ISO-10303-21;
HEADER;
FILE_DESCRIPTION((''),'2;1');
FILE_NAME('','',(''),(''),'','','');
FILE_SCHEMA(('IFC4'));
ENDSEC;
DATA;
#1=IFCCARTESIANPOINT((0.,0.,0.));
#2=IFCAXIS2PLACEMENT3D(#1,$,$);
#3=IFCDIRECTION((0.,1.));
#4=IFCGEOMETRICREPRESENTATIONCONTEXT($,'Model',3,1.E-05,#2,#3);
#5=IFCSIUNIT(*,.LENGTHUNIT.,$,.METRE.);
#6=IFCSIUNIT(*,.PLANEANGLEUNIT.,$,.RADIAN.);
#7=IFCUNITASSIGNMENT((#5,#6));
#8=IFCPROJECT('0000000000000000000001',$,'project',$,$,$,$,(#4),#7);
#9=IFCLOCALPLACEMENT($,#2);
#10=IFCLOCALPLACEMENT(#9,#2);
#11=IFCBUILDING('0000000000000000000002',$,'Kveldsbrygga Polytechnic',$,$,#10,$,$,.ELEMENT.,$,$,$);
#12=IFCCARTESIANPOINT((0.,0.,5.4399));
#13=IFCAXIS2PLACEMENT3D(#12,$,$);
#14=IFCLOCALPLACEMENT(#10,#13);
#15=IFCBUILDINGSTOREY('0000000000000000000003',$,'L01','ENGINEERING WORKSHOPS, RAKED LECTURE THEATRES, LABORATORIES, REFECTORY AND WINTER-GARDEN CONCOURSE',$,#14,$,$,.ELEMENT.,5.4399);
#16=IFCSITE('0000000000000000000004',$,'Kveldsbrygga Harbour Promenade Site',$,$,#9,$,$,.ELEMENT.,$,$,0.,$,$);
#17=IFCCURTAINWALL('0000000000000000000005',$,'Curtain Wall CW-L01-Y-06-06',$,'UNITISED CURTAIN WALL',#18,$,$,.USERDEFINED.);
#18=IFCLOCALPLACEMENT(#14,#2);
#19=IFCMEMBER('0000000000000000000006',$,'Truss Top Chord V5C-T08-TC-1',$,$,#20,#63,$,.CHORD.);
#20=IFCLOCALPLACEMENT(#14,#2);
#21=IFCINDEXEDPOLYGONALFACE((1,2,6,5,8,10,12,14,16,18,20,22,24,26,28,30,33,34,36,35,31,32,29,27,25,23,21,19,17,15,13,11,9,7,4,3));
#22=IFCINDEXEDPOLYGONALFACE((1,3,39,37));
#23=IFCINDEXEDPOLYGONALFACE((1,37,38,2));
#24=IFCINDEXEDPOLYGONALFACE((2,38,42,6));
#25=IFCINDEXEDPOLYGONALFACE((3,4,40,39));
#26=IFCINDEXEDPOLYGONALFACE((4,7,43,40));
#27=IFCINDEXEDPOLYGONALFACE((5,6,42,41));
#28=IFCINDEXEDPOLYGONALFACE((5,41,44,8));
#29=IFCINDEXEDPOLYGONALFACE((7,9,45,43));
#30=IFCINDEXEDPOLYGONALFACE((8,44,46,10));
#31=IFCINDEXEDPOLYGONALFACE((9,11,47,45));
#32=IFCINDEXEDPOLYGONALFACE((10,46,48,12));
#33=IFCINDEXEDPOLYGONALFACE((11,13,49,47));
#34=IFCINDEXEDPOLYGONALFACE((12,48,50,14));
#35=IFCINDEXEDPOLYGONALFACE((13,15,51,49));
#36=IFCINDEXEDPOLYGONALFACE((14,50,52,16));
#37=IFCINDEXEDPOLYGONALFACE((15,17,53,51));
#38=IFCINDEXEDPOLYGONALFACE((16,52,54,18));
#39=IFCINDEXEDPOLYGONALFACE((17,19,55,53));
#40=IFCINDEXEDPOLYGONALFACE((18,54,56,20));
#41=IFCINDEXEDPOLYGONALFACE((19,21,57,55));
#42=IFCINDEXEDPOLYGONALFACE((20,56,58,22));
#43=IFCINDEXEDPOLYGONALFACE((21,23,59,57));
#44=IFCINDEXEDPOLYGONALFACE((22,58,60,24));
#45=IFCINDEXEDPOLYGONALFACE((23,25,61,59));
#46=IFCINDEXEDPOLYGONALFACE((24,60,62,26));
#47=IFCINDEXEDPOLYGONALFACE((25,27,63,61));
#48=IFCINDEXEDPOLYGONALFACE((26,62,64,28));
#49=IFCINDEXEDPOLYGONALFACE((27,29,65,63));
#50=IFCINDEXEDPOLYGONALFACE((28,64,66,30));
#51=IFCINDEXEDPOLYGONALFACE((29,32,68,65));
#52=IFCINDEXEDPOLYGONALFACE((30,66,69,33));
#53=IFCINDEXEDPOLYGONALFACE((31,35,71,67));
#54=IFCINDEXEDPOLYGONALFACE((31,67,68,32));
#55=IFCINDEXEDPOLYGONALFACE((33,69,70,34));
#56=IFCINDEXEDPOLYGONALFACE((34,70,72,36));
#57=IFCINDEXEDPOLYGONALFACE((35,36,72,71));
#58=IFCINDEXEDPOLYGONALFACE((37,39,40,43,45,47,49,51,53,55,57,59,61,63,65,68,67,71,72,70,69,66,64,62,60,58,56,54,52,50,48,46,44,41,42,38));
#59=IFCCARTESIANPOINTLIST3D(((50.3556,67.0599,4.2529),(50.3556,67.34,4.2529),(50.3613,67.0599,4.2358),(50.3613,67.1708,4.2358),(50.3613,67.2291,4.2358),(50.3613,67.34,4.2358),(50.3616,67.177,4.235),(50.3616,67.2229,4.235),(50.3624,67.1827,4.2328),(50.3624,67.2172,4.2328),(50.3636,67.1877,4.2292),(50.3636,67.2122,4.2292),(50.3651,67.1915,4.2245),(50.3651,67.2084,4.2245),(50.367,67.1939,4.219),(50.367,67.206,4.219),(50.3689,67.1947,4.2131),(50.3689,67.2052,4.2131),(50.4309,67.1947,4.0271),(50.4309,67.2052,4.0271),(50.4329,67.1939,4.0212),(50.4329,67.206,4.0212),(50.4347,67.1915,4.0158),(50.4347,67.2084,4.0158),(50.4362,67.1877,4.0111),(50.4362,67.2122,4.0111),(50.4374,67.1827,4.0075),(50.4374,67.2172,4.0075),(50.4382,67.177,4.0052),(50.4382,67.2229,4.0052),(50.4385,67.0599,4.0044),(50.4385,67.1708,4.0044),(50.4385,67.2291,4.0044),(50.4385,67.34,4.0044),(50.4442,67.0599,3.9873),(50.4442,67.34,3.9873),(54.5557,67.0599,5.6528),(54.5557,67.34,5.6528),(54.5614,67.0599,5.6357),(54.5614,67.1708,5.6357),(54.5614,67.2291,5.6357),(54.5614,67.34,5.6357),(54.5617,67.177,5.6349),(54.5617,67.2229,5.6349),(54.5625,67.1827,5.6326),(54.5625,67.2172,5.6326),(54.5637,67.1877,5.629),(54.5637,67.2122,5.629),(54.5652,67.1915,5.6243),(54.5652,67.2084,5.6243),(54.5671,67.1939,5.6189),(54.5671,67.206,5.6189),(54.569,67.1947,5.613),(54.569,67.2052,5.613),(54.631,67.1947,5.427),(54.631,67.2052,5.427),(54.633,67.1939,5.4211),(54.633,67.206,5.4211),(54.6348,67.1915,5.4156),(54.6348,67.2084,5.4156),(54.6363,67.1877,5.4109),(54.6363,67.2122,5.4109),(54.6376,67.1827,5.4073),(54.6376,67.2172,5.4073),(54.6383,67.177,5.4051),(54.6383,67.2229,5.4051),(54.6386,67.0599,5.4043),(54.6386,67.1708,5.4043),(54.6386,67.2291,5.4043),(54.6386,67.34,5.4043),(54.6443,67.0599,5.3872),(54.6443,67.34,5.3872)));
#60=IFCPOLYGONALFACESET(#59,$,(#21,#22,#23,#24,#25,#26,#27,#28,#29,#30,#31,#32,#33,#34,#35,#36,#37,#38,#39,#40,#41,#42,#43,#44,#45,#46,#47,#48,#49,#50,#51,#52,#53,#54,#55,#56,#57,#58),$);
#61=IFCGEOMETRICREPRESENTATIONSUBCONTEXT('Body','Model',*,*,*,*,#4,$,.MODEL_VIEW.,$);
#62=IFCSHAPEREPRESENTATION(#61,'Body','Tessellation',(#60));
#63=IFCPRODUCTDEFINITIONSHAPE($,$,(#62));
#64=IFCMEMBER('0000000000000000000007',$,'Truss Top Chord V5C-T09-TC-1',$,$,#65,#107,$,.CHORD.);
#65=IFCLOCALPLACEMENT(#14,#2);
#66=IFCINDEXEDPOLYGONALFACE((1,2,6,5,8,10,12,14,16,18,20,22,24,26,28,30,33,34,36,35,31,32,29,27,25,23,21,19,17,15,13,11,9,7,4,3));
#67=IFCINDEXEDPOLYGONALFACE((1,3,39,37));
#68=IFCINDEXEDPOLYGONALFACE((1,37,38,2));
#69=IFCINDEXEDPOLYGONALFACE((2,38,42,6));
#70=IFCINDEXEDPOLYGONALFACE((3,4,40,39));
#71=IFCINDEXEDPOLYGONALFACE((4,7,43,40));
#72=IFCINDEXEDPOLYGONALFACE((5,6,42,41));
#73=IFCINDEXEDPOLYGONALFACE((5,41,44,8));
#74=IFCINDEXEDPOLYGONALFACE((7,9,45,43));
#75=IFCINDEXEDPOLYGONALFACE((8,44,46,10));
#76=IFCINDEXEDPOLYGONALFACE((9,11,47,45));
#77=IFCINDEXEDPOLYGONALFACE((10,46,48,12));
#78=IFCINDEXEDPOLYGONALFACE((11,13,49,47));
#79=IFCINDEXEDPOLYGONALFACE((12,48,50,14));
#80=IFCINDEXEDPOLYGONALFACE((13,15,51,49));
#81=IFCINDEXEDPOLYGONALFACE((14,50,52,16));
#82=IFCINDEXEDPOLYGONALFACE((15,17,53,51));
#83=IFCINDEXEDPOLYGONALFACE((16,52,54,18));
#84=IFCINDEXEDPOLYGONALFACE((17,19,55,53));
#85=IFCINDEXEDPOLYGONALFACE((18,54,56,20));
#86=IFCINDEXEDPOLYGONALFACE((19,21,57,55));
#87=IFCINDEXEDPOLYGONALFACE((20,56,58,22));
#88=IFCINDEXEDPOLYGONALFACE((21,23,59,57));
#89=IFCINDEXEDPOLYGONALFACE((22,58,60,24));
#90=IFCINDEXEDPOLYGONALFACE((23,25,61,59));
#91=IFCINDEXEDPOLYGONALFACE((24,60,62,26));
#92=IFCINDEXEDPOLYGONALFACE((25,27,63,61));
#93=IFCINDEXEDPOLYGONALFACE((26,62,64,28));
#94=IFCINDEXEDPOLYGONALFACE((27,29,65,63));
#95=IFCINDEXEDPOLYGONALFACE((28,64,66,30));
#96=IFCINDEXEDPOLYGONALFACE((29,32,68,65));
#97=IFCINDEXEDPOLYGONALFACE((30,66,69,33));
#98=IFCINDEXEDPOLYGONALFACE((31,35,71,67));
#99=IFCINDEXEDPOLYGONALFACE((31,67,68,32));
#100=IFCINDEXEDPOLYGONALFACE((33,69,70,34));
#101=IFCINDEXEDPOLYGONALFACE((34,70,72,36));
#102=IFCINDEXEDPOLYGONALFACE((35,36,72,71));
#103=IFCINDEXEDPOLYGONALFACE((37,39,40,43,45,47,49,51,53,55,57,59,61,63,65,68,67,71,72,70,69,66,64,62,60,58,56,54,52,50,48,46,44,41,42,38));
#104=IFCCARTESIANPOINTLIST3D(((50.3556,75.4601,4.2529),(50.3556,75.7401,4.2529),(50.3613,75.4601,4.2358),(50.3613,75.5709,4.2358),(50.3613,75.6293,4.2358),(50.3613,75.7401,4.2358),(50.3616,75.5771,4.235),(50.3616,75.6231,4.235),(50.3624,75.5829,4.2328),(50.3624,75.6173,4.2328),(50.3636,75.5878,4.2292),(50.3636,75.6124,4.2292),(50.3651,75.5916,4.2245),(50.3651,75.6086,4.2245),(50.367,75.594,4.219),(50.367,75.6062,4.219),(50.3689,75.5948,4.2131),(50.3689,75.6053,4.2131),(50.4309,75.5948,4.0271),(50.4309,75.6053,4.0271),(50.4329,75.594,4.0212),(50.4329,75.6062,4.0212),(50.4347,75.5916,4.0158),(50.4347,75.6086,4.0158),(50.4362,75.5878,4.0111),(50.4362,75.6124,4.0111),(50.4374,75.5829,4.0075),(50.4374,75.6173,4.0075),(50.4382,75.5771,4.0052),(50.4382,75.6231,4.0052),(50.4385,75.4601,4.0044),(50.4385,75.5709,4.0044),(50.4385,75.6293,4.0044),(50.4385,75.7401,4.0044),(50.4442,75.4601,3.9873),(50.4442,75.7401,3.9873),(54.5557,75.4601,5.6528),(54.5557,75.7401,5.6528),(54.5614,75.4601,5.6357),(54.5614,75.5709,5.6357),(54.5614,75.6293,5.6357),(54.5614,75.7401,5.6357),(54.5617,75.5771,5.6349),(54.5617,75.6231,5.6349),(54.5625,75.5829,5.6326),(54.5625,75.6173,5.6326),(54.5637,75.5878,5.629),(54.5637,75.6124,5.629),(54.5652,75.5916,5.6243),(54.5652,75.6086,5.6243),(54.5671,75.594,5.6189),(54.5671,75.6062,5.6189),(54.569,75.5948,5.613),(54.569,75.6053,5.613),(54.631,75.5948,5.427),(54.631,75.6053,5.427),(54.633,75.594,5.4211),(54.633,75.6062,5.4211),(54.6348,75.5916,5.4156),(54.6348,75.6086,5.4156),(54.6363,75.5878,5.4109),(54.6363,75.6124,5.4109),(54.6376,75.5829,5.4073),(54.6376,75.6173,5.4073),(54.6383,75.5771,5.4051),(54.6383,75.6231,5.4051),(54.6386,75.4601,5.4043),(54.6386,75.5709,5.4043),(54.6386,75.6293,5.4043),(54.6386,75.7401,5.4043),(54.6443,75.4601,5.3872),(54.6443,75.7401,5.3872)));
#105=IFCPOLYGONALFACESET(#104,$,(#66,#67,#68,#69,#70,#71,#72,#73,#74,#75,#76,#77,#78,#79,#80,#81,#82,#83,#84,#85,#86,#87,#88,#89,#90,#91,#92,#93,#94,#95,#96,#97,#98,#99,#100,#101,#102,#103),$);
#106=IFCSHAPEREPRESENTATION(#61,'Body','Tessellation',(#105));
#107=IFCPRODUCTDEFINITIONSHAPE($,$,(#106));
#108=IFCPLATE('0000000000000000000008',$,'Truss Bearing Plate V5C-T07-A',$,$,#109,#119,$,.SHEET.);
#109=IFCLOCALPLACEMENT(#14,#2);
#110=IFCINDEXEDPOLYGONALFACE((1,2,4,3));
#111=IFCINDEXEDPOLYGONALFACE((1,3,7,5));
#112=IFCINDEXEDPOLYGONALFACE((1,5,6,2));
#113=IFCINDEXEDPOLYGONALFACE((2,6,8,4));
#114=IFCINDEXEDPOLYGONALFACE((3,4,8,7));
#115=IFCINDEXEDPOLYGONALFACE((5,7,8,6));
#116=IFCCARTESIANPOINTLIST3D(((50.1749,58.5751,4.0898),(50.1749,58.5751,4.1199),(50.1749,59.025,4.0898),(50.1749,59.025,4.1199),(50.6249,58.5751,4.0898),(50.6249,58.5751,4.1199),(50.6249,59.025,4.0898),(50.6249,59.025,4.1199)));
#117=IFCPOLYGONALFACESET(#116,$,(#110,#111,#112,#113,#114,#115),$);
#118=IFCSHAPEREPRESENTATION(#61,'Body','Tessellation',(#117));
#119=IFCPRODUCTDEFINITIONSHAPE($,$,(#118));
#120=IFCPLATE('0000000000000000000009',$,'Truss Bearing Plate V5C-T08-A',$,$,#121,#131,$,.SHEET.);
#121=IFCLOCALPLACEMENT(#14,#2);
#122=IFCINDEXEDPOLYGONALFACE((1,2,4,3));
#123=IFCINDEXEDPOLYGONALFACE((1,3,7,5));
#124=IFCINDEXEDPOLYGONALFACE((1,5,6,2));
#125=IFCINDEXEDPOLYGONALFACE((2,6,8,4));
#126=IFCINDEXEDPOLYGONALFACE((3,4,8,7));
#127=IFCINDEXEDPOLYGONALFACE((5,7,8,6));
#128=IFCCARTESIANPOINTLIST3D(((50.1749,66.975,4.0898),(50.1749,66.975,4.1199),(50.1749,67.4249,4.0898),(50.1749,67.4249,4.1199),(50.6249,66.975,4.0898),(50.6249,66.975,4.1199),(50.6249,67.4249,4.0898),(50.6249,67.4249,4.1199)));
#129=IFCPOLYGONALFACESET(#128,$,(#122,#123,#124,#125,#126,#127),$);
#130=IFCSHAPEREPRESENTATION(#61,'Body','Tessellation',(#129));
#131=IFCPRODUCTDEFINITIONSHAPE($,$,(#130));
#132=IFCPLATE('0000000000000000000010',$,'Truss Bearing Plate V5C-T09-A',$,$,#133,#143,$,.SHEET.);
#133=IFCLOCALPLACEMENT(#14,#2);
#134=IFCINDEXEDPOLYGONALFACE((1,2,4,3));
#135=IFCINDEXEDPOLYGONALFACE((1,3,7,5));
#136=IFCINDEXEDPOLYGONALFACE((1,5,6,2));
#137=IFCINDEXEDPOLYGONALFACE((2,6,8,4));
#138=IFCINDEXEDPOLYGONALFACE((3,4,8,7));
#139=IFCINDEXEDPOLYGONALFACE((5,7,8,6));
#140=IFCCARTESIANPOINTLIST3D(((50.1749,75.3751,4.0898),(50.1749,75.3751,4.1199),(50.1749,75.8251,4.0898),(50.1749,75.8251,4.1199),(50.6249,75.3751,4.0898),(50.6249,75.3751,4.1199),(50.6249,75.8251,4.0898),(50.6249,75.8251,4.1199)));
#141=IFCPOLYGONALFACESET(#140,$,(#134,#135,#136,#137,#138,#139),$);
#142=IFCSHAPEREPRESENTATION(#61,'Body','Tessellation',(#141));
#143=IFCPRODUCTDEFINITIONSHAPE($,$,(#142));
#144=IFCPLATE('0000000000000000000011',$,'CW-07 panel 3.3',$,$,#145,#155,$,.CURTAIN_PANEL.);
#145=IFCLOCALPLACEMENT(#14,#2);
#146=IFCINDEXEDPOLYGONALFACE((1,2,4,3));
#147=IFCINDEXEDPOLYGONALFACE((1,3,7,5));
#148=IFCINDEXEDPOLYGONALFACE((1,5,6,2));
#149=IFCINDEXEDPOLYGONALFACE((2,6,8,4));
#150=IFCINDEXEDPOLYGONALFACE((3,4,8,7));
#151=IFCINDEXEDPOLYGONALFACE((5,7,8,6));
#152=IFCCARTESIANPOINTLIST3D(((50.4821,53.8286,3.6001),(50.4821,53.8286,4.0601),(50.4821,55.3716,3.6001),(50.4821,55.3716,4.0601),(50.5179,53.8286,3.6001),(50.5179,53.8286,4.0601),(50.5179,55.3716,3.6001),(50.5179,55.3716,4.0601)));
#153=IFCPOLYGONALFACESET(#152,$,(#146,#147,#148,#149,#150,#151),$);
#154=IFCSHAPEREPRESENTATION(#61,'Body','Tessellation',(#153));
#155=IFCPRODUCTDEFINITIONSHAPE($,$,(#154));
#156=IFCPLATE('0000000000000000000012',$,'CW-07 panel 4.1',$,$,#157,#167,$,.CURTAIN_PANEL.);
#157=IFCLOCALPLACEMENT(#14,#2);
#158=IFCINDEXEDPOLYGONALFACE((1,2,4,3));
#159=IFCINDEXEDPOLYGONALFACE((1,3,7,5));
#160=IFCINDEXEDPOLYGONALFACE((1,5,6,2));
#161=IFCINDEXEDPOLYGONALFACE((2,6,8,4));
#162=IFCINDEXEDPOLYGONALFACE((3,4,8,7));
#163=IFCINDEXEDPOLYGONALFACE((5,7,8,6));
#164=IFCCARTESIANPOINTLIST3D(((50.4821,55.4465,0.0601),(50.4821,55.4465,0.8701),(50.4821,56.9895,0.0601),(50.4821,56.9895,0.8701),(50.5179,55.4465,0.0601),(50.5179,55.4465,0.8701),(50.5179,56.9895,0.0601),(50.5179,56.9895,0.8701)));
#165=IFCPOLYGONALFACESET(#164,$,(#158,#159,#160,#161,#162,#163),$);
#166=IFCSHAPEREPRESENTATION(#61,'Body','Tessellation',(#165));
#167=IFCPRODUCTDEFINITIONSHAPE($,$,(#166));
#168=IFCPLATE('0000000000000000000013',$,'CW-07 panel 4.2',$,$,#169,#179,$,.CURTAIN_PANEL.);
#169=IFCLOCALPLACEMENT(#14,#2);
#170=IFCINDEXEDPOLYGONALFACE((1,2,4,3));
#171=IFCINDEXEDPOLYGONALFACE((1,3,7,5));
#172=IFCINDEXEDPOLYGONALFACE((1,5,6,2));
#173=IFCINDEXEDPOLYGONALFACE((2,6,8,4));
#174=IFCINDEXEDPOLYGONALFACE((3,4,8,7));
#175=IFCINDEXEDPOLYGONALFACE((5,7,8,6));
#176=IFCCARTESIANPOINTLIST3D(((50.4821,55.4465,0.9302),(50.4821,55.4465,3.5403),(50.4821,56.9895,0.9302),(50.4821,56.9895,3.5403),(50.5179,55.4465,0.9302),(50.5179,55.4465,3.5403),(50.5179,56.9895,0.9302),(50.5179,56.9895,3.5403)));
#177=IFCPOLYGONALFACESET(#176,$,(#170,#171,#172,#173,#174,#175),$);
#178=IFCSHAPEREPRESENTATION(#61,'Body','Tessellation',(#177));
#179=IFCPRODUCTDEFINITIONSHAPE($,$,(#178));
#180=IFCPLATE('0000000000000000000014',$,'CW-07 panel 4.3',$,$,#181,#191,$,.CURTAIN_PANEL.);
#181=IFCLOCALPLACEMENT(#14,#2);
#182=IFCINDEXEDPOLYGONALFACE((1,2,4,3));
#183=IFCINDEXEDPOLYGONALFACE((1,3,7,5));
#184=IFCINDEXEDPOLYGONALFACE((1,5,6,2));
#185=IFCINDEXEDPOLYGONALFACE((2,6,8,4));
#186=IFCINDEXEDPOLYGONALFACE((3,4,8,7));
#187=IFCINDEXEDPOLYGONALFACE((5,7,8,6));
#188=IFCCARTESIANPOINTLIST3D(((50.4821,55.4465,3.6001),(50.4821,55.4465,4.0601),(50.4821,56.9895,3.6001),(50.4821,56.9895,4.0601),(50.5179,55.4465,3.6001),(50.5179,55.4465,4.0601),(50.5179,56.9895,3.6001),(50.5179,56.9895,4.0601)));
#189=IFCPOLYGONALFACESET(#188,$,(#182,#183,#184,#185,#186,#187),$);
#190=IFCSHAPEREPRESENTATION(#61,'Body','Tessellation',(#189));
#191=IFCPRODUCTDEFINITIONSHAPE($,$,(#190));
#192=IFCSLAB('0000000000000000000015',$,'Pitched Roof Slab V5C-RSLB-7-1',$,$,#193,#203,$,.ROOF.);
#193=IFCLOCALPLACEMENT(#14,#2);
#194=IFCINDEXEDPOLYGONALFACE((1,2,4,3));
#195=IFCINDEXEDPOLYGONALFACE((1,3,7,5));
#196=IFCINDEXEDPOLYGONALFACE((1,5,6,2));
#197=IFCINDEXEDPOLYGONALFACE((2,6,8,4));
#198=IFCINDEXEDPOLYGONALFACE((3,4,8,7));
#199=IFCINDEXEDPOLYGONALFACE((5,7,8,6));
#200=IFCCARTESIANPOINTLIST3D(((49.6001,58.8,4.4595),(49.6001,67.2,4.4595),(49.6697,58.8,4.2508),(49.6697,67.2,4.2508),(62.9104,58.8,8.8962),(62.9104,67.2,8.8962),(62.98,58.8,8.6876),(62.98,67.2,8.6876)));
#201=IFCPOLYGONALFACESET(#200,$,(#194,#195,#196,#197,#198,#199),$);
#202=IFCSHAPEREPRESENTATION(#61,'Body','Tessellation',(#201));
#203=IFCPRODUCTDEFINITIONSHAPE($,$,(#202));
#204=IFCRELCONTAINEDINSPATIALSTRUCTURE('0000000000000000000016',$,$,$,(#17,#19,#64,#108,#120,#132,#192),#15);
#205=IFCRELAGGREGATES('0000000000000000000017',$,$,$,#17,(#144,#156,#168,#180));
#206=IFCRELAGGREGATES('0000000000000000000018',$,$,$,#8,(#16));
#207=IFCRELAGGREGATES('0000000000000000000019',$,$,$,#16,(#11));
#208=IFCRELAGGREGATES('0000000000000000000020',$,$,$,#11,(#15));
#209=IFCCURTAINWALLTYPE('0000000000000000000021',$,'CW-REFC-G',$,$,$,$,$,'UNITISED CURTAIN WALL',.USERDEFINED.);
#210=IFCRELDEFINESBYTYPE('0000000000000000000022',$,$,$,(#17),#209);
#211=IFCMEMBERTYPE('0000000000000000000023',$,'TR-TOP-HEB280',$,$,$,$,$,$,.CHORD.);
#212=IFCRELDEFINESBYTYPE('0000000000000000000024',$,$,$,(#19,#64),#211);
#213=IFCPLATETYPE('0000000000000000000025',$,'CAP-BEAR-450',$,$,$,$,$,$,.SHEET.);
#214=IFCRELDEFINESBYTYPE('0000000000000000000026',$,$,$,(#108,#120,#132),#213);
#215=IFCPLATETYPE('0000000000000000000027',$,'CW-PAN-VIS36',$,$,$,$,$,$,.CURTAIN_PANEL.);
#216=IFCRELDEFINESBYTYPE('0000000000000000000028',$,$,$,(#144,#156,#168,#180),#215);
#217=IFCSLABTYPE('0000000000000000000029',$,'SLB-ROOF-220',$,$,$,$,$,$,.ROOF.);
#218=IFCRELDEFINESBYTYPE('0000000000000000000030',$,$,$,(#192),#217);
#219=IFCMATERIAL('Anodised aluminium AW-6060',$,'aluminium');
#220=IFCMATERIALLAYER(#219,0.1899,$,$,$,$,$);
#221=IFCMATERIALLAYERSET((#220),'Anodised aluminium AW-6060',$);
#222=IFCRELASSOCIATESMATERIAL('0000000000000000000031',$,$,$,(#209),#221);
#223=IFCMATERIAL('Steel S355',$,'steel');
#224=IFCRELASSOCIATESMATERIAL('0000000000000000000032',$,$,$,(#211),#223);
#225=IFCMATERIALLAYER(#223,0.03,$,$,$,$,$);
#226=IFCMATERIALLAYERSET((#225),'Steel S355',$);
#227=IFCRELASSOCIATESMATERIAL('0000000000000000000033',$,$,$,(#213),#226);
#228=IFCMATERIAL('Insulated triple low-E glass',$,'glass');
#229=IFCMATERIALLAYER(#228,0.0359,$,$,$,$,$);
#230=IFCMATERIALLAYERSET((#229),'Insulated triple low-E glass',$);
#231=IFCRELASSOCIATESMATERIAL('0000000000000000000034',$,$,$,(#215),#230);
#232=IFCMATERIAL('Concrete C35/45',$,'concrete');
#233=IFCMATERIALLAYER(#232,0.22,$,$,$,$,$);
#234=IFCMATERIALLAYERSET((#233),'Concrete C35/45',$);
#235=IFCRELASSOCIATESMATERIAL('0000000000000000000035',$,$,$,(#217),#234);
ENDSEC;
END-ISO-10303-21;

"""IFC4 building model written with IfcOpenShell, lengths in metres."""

from ifc_helpers import new_model, si_unit, direction, frame, origin, origin_2d, place, context, subcontext, project, spatial, polyline, rectangle, i_section, outline, extrude, material, layer, layer_set, material_profile, profile_set, type_object, element, aggregate, save


model = new_model("IFC4")

# Units and contexts
model_context = context("Model", 3, precision=1e-05, world=origin(), true_north=direction((0.0, 1.0)))
body_context = subcontext(model_context, "Body", "Model", "MODEL_VIEW")
ifc_project = project(units=[si_unit("LENGTHUNIT", "METRE"), si_unit("PLANEANGLEUNIT", "RADIAN")], contexts=[model_context])

# Site, building, storey
site_placement = place(None, origin())
site = spatial("IfcSite", under=ifc_project, at=site_placement, Name="Kveldsbrygga Harbour Promenade Site", CompositionType="ELEMENT", RefElevation=0.0)
building_placement = place(site_placement, origin())
building = spatial("IfcBuilding", under=site, at=building_placement, Name="Kveldsbrygga Polytechnic", CompositionType="ELEMENT")
storey_placement = place(building_placement, frame((0.0, 0.0, 5.4399)))
storey = spatial("IfcBuildingStorey", under=building, at=storey_placement, Name="L01", Description="ENGINEERING WORKSHOPS, RAKED LECTURE THEATRES, LABORATORIES, REFECTORY AND WINTER-GARDEN CONCOURSE", CompositionType="ELEMENT", Elevation=5.4399)

# Shared definitions
ifc_material_1 = material(Name="Steel S355", Category="steel")

# Curtain wall
ifc_material_2 = material(Name="Anodised aluminium AW-6060", Category="aluminium")
ifc_layer_1 = layer(ifc_material_2, 0.1899)
ifc_layer_set_1 = layer_set([ifc_layer_1], Name="Anodised aluminium AW-6060")
curtain_wall_type = type_object("IfcCurtainWallType", Name="CW-REFC-G", ElementType="UNITISED CURTAIN WALL", PredefinedType="USERDEFINED", material=ifc_layer_set_1)
curtain_wall_placement = place(storey_placement, origin())
curtain_wall = element("IfcCurtainWall", 1, at=curtain_wall_placement, inside=storey, type_object=curtain_wall_type, Name="Curtain Wall CW-L01-Y-06-06", ObjectType="UNITISED CURTAIN WALL", PredefinedType="USERDEFINED")

# Members
ifc_material_profile_1 = material_profile(ifc_material_1, i_section(OverallWidth=0.28, OverallDepth=0.28, WebThickness=0.0105, FlangeThickness=0.0181, FilletRadius=0.0239, at=origin_2d()), Name="HEB 280")
ifc_profile_set_1 = profile_set([ifc_material_profile_1], Name="Steel S355")
member_type_1 = type_object("IfcMemberType", Name="TR-TOP-HEB280", PredefinedType="CHORD", material=ifc_profile_set_1)
for number, where, z_axis, x_axis, name in (
    (2, (50.3999, 67.2, 4.1201), (0.948694, 0.0, 0.316195), (0.0, 1.0, 0.0), "Truss Top Chord V5C-T08-TC-1"),
    (3, (50.3999, 75.6001, 4.1201), (0.948694, 0.0, 0.316195), (0.0, 1.0, 0.0), "Truss Top Chord V5C-T09-TC-1"),
):
    element("IfcMember", number, at=place(storey_placement, frame(where, z_axis=z_axis, x_axis=x_axis)), inside=storey, type_object=member_type_1, Name=name, PredefinedType="CHORD", context=body_context, shape_type="SweptSolid", body=[
        extrude(i_section(OverallWidth=0.28, OverallDepth=0.28, WebThickness=0.0105, FlangeThickness=0.0181, FilletRadius=0.0239, at=origin_2d()), origin(), (0.0, 0.0, 1.0), 4.4272),
    ])

# Plates
ifc_layer_2 = layer(ifc_material_1, 0.03)
ifc_layer_set_2 = layer_set([ifc_layer_2], Name="Steel S355")
plate_type_1 = type_object("IfcPlateType", Name="CAP-BEAR-450", PredefinedType="SHEET", material=ifc_layer_set_2)
for number, where, z_axis, x_axis, name in (
    (4, (50.3999, 58.8, 4.0898), (0.0, 0.0, 1.0), (1.0, 0.0, 0.0), "Truss Bearing Plate V5C-T07-A"),
    (5, (50.3999, 67.2, 4.0898), (0.0, 0.0, 1.0), (1.0, 0.0, 0.0), "Truss Bearing Plate V5C-T08-A"),
    (6, (50.3999, 75.6001, 4.0898), (0.0, 0.0, 1.0), (1.0, 0.0, 0.0), "Truss Bearing Plate V5C-T09-A"),
):
    element("IfcPlate", number, at=place(storey_placement, frame(where, z_axis=z_axis, x_axis=x_axis)), inside=storey, type_object=plate_type_1, Name=name, PredefinedType="SHEET", context=body_context, shape_type="SweptSolid", body=[
        extrude(rectangle(XDim=0.45, YDim=0.45, at=origin_2d()), origin(), (0.0, 0.0, 1.0), 0.03),
    ])

# Plates
ifc_material_3 = material(Name="Insulated triple low-E glass", Category="glass")
ifc_layer_3 = layer(ifc_material_3, 0.0359)
ifc_layer_set_3 = layer_set([ifc_layer_3], Name="Insulated triple low-E glass")
plate_type_2 = type_object("IfcPlateType", Name="CW-PAN-VIS36", PredefinedType="CURTAIN_PANEL", material=ifc_layer_set_3)
plate_1_placement = place(storey_placement, frame((50.5, 54.6001, 3.6001), z_axis=(0.0, 0.0, 1.0), x_axis=(0.0, 1.0, 0.0)))
plate_1 = element("IfcPlate", 7, at=plate_1_placement, type_object=plate_type_2, Name="CW-07 panel 3.3", PredefinedType="CURTAIN_PANEL", context=body_context, shape_type="SweptSolid", body=[
    extrude(rectangle(XDim=1.543, YDim=0.0359, at=origin_2d()), origin(), (0.0, 0.0, 1.0), 0.46),
])
plate_2_placement = place(storey_placement, frame((50.5, 56.218, 0.0601), z_axis=(0.0, 0.0, 1.0), x_axis=(0.0, 1.0, 0.0)))
plate_2 = element("IfcPlate", 8, at=plate_2_placement, type_object=plate_type_2, Name="CW-07 panel 4.1", PredefinedType="CURTAIN_PANEL", context=body_context, shape_type="SweptSolid", body=[
    extrude(rectangle(XDim=1.543, YDim=0.0359, at=origin_2d()), origin(), (0.0, 0.0, 1.0), 0.8101),
])
plate_3_placement = place(storey_placement, frame((50.5, 56.218, 0.9302), z_axis=(0.0, 0.0, 1.0), x_axis=(0.0, 1.0, 0.0)))
plate_3 = element("IfcPlate", 9, at=plate_3_placement, type_object=plate_type_2, Name="CW-07 panel 4.2", PredefinedType="CURTAIN_PANEL", context=body_context, shape_type="SweptSolid", body=[
    extrude(rectangle(XDim=1.543, YDim=0.0359, at=origin_2d()), origin(), (0.0, 0.0, 1.0), 2.6101),
])
plate_4_placement = place(storey_placement, frame((50.5, 56.218, 3.6001), z_axis=(0.0, 0.0, 1.0), x_axis=(0.0, 1.0, 0.0)))
plate_4 = element("IfcPlate", 10, at=plate_4_placement, type_object=plate_type_2, Name="CW-07 panel 4.3", PredefinedType="CURTAIN_PANEL", context=body_context, shape_type="SweptSolid", body=[
    extrude(rectangle(XDim=1.543, YDim=0.0359, at=origin_2d()), origin(), (0.0, 0.0, 1.0), 0.46),
])
aggregate(curtain_wall, [plate_1, plate_2, plate_3, plate_4])

# Slab
ifc_material_4 = material(Name="Concrete C35/45", Category="concrete")
ifc_layer_4 = layer(ifc_material_4, 0.22)
ifc_layer_set_4 = layer_set([ifc_layer_4], Name="Concrete C35/45")
slab_type = type_object("IfcSlabType", Name="SLB-ROOF-220", PredefinedType="ROOF", material=ifc_layer_set_4)
slab_1_placement = place(storey_placement, frame((49.6001, 58.8, 4.4595), z_axis=(-0.316228, 0.0, 0.948683), x_axis=(0.948683, 0.0, 0.316228)))
element("IfcSlab", 11, at=slab_1_placement, inside=storey, type_object=slab_type, Name="Pitched Roof Slab V5C-RSLB-7-1", PredefinedType="ROOF", context=body_context, shape_type="SweptSolid", body=[
    extrude(outline(polyline([(0.0, 0.0), (14.0303, 0.0), (14.0303, 8.3999), (0.0, 8.3999), (0.0, 0.0)])), origin(), (0.0, 0.0, -1.0), 0.22),
])

save(model, "model.ifc")
